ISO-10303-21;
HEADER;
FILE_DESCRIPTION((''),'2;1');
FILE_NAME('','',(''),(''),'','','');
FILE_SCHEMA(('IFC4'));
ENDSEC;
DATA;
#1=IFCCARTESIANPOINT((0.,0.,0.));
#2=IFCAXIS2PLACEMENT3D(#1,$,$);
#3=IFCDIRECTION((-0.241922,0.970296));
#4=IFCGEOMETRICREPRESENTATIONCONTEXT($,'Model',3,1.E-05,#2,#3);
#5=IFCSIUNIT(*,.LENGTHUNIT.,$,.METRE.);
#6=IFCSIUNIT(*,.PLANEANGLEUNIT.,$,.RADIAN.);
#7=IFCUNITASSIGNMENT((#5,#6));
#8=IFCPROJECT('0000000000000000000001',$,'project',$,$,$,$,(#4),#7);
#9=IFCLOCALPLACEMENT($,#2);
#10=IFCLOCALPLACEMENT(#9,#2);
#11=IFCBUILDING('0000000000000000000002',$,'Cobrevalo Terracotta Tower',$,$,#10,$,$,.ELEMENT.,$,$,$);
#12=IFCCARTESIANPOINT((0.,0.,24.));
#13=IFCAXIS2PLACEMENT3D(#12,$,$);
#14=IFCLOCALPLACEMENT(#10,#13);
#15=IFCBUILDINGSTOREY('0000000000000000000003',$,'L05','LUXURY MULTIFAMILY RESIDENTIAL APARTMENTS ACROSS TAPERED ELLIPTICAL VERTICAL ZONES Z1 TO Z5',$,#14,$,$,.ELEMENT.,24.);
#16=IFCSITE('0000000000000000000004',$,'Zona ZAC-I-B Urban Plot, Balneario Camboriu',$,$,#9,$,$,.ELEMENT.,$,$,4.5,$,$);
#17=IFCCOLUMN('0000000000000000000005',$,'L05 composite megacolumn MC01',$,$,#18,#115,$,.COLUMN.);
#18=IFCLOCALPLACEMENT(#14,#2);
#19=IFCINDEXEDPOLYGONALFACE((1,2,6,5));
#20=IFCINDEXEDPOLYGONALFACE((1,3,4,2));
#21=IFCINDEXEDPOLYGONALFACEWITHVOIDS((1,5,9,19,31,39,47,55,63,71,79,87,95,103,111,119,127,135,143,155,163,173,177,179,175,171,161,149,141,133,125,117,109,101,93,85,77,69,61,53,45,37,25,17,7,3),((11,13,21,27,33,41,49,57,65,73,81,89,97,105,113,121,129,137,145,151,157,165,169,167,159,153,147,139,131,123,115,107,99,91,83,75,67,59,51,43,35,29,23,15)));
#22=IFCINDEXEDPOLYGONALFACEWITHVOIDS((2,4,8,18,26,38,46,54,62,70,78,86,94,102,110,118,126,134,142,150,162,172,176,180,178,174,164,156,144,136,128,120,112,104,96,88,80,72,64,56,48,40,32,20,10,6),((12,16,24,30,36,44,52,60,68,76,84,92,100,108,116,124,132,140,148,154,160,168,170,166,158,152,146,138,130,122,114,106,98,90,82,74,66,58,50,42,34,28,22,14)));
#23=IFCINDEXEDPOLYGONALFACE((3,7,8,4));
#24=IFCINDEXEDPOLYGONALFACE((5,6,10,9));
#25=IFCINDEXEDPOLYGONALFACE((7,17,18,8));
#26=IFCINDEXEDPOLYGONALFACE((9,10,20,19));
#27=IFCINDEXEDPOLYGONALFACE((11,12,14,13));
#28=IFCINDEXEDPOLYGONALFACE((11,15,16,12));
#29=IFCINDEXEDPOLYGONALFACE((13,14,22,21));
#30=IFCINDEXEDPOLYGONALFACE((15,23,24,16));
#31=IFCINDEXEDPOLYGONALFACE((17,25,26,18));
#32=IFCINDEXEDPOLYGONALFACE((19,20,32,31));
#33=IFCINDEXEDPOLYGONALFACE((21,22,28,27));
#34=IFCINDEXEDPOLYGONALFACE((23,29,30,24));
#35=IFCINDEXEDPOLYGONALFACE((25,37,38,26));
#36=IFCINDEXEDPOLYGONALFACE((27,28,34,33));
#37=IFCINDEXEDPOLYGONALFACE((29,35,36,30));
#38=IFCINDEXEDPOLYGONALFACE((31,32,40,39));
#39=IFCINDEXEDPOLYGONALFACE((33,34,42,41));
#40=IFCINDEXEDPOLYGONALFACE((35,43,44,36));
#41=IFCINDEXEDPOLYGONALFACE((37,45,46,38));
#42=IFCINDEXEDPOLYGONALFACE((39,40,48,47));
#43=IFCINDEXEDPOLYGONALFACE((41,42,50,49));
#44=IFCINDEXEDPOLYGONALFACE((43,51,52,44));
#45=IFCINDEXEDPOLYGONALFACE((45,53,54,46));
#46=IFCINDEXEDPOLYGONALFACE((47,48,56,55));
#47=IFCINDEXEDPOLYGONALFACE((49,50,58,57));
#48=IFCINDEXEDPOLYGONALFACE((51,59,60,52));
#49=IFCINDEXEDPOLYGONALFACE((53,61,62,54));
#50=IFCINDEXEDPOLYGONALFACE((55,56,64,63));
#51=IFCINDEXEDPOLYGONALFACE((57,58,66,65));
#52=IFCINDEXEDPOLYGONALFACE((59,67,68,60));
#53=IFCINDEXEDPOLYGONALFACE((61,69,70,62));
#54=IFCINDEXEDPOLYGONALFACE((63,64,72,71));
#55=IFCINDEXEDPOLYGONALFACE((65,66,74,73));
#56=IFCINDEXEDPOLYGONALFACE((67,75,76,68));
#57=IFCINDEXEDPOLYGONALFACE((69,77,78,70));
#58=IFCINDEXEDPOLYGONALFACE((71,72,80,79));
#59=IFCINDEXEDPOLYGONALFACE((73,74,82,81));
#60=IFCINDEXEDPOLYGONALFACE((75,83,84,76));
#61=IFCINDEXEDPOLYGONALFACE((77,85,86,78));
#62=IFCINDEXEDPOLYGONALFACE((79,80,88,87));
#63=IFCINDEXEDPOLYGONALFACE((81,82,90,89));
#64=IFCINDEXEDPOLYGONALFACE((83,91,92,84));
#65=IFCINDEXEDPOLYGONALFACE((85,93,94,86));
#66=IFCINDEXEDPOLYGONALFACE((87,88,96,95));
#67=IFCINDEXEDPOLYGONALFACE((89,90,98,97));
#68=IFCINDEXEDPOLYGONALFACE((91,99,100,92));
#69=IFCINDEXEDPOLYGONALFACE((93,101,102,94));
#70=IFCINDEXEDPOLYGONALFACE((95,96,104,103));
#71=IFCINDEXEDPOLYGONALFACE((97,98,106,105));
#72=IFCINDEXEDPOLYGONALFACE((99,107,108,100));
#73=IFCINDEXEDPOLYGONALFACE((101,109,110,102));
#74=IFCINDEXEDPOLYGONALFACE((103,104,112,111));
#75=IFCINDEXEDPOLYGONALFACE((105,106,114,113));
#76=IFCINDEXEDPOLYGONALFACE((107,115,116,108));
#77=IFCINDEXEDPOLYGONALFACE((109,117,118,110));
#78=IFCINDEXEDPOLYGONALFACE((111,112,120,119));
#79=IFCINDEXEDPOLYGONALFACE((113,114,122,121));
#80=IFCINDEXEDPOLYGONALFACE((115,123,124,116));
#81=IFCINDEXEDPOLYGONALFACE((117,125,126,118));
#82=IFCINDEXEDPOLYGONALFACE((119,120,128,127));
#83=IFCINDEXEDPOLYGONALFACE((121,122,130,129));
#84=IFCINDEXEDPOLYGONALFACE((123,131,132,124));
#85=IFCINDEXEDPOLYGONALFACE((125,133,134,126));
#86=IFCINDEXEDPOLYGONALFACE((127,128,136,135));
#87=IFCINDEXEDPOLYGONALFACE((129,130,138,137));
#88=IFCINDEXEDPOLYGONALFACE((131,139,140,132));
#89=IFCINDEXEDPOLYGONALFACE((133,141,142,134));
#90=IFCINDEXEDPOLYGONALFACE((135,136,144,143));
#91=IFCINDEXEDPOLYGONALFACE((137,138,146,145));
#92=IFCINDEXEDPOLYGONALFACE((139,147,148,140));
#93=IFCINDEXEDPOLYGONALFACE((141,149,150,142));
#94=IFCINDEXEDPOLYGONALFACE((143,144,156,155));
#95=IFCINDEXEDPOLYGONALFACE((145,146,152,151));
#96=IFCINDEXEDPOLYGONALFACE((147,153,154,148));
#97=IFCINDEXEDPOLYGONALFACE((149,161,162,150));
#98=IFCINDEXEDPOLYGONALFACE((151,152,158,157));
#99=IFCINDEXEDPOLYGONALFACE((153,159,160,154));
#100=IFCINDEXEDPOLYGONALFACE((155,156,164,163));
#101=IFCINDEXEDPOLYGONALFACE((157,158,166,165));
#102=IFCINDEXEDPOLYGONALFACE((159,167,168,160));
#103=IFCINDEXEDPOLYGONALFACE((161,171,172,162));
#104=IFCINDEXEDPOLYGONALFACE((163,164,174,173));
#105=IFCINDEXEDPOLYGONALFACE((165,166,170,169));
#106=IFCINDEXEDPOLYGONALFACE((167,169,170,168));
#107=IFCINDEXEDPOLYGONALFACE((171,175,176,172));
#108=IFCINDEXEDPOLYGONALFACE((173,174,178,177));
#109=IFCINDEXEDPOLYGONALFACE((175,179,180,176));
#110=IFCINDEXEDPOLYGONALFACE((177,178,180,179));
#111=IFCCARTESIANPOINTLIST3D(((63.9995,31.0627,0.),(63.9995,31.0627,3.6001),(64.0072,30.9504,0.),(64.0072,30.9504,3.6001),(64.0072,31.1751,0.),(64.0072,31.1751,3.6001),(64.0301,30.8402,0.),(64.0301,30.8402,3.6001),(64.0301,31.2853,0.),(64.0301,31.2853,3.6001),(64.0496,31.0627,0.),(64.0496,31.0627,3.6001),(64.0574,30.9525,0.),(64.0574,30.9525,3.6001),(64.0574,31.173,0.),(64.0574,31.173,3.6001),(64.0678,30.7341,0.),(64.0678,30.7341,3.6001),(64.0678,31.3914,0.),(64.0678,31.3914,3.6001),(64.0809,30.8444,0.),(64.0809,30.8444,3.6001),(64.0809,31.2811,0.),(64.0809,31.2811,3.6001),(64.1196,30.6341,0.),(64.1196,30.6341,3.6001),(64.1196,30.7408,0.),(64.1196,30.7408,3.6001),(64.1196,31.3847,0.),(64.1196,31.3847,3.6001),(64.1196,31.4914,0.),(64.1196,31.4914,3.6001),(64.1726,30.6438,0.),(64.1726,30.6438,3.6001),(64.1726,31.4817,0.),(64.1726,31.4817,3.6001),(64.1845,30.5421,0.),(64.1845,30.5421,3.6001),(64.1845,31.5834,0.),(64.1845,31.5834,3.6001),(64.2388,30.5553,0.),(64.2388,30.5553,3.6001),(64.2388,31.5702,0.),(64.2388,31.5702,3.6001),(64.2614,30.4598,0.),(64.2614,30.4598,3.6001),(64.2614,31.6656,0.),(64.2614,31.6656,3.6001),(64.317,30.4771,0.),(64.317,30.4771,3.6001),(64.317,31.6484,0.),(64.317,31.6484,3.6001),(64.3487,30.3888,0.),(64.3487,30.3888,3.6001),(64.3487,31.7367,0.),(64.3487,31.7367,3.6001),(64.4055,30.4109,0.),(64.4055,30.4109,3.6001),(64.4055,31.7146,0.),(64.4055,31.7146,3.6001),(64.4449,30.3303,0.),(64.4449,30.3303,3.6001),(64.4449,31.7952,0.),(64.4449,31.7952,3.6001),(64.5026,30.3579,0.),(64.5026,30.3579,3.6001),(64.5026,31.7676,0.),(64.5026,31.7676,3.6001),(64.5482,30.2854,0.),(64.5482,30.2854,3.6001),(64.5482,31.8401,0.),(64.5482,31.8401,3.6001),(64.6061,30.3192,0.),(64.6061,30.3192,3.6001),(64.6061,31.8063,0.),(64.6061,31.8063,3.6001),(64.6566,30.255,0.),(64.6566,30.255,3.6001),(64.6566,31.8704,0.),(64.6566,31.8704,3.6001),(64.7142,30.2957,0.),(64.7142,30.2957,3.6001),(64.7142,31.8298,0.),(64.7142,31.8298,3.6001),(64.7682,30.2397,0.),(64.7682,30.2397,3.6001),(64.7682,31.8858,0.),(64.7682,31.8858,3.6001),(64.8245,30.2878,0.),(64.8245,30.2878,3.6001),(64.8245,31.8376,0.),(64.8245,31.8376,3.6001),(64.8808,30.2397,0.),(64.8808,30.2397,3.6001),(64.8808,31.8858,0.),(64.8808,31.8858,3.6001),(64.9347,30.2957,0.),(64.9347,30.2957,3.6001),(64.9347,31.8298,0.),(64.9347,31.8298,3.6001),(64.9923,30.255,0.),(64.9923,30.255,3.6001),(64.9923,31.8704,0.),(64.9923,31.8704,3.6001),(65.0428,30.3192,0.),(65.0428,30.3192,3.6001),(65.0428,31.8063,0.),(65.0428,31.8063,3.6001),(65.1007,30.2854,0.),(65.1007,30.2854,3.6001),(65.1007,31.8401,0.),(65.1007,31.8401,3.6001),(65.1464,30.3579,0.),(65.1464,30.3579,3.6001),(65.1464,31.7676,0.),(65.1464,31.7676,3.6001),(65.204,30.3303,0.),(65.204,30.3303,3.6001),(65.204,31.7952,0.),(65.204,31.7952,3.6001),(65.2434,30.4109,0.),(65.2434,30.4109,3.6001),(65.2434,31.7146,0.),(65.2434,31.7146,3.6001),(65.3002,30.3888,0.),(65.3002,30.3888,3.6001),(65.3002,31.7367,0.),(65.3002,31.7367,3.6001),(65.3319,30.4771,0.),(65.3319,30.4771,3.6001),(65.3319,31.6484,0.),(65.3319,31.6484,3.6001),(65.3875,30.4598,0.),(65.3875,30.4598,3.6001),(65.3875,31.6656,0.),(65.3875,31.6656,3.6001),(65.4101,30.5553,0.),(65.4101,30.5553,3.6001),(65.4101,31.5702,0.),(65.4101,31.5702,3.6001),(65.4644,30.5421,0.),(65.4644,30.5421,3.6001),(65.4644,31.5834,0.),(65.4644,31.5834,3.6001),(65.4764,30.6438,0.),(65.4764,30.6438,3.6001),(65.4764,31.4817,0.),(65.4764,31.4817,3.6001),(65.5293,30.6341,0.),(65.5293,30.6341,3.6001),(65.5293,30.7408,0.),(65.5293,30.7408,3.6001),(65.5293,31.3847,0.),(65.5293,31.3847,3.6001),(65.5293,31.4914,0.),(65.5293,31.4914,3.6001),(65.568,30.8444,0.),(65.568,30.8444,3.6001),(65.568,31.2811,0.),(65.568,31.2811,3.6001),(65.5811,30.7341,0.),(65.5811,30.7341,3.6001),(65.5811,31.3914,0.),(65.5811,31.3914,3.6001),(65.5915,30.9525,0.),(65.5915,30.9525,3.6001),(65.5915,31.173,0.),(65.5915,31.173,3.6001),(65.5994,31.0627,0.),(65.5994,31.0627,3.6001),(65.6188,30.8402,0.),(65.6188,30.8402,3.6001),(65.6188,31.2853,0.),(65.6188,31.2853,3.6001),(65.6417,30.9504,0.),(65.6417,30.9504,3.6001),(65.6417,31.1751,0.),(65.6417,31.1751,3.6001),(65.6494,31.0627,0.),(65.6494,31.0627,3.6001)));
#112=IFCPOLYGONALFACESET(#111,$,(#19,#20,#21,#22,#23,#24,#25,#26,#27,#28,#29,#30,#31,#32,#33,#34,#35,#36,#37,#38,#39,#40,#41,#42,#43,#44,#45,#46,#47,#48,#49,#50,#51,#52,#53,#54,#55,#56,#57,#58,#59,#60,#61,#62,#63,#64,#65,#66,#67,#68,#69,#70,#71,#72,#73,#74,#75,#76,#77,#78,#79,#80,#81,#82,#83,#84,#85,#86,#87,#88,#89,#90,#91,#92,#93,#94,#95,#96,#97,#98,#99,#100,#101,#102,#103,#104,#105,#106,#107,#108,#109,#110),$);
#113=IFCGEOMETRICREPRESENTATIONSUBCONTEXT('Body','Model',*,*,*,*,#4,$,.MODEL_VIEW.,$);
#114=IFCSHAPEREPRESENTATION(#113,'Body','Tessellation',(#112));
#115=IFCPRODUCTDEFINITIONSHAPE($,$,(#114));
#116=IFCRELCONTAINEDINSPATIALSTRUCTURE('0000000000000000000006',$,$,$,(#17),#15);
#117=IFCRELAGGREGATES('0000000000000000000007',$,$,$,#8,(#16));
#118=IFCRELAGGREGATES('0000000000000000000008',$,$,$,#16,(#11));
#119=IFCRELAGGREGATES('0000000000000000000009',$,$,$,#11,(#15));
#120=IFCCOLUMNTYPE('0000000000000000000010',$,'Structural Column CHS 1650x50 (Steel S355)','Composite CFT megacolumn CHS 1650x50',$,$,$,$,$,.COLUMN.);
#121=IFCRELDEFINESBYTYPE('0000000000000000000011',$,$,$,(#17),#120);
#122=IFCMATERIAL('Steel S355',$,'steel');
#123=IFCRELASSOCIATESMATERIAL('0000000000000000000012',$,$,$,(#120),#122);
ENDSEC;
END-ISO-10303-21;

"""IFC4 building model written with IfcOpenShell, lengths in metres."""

from ifc_helpers import new_model, si_unit, direction, frame, origin, origin_2d, place, context, subcontext, project, spatial, hollow_circle, extrude, material, material_profile, profile_set, type_object, element, save


model = new_model("IFC4")

# Units and contexts
model_context = context("Model", 3, precision=1e-05, world=origin(), true_north=direction((-0.241922, 0.970296)))
body_context = subcontext(model_context, "Body", "Model", "MODEL_VIEW")
ifc_project = project(units=[si_unit("LENGTHUNIT", "METRE"), si_unit("PLANEANGLEUNIT", "RADIAN")], contexts=[model_context])

# Site, building, storey
site_placement = place(None, origin())
site = spatial("IfcSite", under=ifc_project, at=site_placement, Name="Zona ZAC-I-B Urban Plot, Balneario Camboriu", CompositionType="ELEMENT", RefElevation=4.5)
building_placement = place(site_placement, origin())
building = spatial("IfcBuilding", under=site, at=building_placement, Name="Cobrevalo Terracotta Tower", CompositionType="ELEMENT")
storey_placement = place(building_placement, frame((0.0, 0.0, 24.0)))
storey = spatial("IfcBuildingStorey", under=building, at=storey_placement, Name="L05", Description="LUXURY MULTIFAMILY RESIDENTIAL APARTMENTS ACROSS TAPERED ELLIPTICAL VERTICAL ZONES Z1 TO Z5", CompositionType="ELEMENT", Elevation=24.0)

# Column
ifc_material_1 = material(Name="Steel S355", Category="steel")
ifc_material_profile_1 = material_profile(ifc_material_1, hollow_circle(Radius=0.825, WallThickness=0.05, at=origin_2d()), Name="CHS 1650x50")
ifc_profile_set_1 = profile_set([ifc_material_profile_1], Name="Steel S355")
column_type = type_object("IfcColumnType", Name="Structural Column CHS 1650x50 (Steel S355)", Description="Composite CFT megacolumn CHS 1650x50", PredefinedType="COLUMN", material=ifc_profile_set_1)
for number, where, z_axis, x_axis, name in (
    (1, (64.8245, 31.0627, 0.0), (0.0, 0.0, 1.0), (1.0, 0.0, 0.0), "L05 composite megacolumn MC01"),
):
    element("IfcColumn", number, at=place(storey_placement, frame(where, z_axis=z_axis, x_axis=x_axis)), inside=storey, type_object=column_type, Name=name, PredefinedType="COLUMN", context=body_context, shape_type="SweptSolid", body=[
        extrude(hollow_circle(Radius=0.825, WallThickness=0.05, at=origin_2d()), origin(), (0.0, 0.0, 1.0), 3.6001),
    ])

save(model, "model.ifc")
